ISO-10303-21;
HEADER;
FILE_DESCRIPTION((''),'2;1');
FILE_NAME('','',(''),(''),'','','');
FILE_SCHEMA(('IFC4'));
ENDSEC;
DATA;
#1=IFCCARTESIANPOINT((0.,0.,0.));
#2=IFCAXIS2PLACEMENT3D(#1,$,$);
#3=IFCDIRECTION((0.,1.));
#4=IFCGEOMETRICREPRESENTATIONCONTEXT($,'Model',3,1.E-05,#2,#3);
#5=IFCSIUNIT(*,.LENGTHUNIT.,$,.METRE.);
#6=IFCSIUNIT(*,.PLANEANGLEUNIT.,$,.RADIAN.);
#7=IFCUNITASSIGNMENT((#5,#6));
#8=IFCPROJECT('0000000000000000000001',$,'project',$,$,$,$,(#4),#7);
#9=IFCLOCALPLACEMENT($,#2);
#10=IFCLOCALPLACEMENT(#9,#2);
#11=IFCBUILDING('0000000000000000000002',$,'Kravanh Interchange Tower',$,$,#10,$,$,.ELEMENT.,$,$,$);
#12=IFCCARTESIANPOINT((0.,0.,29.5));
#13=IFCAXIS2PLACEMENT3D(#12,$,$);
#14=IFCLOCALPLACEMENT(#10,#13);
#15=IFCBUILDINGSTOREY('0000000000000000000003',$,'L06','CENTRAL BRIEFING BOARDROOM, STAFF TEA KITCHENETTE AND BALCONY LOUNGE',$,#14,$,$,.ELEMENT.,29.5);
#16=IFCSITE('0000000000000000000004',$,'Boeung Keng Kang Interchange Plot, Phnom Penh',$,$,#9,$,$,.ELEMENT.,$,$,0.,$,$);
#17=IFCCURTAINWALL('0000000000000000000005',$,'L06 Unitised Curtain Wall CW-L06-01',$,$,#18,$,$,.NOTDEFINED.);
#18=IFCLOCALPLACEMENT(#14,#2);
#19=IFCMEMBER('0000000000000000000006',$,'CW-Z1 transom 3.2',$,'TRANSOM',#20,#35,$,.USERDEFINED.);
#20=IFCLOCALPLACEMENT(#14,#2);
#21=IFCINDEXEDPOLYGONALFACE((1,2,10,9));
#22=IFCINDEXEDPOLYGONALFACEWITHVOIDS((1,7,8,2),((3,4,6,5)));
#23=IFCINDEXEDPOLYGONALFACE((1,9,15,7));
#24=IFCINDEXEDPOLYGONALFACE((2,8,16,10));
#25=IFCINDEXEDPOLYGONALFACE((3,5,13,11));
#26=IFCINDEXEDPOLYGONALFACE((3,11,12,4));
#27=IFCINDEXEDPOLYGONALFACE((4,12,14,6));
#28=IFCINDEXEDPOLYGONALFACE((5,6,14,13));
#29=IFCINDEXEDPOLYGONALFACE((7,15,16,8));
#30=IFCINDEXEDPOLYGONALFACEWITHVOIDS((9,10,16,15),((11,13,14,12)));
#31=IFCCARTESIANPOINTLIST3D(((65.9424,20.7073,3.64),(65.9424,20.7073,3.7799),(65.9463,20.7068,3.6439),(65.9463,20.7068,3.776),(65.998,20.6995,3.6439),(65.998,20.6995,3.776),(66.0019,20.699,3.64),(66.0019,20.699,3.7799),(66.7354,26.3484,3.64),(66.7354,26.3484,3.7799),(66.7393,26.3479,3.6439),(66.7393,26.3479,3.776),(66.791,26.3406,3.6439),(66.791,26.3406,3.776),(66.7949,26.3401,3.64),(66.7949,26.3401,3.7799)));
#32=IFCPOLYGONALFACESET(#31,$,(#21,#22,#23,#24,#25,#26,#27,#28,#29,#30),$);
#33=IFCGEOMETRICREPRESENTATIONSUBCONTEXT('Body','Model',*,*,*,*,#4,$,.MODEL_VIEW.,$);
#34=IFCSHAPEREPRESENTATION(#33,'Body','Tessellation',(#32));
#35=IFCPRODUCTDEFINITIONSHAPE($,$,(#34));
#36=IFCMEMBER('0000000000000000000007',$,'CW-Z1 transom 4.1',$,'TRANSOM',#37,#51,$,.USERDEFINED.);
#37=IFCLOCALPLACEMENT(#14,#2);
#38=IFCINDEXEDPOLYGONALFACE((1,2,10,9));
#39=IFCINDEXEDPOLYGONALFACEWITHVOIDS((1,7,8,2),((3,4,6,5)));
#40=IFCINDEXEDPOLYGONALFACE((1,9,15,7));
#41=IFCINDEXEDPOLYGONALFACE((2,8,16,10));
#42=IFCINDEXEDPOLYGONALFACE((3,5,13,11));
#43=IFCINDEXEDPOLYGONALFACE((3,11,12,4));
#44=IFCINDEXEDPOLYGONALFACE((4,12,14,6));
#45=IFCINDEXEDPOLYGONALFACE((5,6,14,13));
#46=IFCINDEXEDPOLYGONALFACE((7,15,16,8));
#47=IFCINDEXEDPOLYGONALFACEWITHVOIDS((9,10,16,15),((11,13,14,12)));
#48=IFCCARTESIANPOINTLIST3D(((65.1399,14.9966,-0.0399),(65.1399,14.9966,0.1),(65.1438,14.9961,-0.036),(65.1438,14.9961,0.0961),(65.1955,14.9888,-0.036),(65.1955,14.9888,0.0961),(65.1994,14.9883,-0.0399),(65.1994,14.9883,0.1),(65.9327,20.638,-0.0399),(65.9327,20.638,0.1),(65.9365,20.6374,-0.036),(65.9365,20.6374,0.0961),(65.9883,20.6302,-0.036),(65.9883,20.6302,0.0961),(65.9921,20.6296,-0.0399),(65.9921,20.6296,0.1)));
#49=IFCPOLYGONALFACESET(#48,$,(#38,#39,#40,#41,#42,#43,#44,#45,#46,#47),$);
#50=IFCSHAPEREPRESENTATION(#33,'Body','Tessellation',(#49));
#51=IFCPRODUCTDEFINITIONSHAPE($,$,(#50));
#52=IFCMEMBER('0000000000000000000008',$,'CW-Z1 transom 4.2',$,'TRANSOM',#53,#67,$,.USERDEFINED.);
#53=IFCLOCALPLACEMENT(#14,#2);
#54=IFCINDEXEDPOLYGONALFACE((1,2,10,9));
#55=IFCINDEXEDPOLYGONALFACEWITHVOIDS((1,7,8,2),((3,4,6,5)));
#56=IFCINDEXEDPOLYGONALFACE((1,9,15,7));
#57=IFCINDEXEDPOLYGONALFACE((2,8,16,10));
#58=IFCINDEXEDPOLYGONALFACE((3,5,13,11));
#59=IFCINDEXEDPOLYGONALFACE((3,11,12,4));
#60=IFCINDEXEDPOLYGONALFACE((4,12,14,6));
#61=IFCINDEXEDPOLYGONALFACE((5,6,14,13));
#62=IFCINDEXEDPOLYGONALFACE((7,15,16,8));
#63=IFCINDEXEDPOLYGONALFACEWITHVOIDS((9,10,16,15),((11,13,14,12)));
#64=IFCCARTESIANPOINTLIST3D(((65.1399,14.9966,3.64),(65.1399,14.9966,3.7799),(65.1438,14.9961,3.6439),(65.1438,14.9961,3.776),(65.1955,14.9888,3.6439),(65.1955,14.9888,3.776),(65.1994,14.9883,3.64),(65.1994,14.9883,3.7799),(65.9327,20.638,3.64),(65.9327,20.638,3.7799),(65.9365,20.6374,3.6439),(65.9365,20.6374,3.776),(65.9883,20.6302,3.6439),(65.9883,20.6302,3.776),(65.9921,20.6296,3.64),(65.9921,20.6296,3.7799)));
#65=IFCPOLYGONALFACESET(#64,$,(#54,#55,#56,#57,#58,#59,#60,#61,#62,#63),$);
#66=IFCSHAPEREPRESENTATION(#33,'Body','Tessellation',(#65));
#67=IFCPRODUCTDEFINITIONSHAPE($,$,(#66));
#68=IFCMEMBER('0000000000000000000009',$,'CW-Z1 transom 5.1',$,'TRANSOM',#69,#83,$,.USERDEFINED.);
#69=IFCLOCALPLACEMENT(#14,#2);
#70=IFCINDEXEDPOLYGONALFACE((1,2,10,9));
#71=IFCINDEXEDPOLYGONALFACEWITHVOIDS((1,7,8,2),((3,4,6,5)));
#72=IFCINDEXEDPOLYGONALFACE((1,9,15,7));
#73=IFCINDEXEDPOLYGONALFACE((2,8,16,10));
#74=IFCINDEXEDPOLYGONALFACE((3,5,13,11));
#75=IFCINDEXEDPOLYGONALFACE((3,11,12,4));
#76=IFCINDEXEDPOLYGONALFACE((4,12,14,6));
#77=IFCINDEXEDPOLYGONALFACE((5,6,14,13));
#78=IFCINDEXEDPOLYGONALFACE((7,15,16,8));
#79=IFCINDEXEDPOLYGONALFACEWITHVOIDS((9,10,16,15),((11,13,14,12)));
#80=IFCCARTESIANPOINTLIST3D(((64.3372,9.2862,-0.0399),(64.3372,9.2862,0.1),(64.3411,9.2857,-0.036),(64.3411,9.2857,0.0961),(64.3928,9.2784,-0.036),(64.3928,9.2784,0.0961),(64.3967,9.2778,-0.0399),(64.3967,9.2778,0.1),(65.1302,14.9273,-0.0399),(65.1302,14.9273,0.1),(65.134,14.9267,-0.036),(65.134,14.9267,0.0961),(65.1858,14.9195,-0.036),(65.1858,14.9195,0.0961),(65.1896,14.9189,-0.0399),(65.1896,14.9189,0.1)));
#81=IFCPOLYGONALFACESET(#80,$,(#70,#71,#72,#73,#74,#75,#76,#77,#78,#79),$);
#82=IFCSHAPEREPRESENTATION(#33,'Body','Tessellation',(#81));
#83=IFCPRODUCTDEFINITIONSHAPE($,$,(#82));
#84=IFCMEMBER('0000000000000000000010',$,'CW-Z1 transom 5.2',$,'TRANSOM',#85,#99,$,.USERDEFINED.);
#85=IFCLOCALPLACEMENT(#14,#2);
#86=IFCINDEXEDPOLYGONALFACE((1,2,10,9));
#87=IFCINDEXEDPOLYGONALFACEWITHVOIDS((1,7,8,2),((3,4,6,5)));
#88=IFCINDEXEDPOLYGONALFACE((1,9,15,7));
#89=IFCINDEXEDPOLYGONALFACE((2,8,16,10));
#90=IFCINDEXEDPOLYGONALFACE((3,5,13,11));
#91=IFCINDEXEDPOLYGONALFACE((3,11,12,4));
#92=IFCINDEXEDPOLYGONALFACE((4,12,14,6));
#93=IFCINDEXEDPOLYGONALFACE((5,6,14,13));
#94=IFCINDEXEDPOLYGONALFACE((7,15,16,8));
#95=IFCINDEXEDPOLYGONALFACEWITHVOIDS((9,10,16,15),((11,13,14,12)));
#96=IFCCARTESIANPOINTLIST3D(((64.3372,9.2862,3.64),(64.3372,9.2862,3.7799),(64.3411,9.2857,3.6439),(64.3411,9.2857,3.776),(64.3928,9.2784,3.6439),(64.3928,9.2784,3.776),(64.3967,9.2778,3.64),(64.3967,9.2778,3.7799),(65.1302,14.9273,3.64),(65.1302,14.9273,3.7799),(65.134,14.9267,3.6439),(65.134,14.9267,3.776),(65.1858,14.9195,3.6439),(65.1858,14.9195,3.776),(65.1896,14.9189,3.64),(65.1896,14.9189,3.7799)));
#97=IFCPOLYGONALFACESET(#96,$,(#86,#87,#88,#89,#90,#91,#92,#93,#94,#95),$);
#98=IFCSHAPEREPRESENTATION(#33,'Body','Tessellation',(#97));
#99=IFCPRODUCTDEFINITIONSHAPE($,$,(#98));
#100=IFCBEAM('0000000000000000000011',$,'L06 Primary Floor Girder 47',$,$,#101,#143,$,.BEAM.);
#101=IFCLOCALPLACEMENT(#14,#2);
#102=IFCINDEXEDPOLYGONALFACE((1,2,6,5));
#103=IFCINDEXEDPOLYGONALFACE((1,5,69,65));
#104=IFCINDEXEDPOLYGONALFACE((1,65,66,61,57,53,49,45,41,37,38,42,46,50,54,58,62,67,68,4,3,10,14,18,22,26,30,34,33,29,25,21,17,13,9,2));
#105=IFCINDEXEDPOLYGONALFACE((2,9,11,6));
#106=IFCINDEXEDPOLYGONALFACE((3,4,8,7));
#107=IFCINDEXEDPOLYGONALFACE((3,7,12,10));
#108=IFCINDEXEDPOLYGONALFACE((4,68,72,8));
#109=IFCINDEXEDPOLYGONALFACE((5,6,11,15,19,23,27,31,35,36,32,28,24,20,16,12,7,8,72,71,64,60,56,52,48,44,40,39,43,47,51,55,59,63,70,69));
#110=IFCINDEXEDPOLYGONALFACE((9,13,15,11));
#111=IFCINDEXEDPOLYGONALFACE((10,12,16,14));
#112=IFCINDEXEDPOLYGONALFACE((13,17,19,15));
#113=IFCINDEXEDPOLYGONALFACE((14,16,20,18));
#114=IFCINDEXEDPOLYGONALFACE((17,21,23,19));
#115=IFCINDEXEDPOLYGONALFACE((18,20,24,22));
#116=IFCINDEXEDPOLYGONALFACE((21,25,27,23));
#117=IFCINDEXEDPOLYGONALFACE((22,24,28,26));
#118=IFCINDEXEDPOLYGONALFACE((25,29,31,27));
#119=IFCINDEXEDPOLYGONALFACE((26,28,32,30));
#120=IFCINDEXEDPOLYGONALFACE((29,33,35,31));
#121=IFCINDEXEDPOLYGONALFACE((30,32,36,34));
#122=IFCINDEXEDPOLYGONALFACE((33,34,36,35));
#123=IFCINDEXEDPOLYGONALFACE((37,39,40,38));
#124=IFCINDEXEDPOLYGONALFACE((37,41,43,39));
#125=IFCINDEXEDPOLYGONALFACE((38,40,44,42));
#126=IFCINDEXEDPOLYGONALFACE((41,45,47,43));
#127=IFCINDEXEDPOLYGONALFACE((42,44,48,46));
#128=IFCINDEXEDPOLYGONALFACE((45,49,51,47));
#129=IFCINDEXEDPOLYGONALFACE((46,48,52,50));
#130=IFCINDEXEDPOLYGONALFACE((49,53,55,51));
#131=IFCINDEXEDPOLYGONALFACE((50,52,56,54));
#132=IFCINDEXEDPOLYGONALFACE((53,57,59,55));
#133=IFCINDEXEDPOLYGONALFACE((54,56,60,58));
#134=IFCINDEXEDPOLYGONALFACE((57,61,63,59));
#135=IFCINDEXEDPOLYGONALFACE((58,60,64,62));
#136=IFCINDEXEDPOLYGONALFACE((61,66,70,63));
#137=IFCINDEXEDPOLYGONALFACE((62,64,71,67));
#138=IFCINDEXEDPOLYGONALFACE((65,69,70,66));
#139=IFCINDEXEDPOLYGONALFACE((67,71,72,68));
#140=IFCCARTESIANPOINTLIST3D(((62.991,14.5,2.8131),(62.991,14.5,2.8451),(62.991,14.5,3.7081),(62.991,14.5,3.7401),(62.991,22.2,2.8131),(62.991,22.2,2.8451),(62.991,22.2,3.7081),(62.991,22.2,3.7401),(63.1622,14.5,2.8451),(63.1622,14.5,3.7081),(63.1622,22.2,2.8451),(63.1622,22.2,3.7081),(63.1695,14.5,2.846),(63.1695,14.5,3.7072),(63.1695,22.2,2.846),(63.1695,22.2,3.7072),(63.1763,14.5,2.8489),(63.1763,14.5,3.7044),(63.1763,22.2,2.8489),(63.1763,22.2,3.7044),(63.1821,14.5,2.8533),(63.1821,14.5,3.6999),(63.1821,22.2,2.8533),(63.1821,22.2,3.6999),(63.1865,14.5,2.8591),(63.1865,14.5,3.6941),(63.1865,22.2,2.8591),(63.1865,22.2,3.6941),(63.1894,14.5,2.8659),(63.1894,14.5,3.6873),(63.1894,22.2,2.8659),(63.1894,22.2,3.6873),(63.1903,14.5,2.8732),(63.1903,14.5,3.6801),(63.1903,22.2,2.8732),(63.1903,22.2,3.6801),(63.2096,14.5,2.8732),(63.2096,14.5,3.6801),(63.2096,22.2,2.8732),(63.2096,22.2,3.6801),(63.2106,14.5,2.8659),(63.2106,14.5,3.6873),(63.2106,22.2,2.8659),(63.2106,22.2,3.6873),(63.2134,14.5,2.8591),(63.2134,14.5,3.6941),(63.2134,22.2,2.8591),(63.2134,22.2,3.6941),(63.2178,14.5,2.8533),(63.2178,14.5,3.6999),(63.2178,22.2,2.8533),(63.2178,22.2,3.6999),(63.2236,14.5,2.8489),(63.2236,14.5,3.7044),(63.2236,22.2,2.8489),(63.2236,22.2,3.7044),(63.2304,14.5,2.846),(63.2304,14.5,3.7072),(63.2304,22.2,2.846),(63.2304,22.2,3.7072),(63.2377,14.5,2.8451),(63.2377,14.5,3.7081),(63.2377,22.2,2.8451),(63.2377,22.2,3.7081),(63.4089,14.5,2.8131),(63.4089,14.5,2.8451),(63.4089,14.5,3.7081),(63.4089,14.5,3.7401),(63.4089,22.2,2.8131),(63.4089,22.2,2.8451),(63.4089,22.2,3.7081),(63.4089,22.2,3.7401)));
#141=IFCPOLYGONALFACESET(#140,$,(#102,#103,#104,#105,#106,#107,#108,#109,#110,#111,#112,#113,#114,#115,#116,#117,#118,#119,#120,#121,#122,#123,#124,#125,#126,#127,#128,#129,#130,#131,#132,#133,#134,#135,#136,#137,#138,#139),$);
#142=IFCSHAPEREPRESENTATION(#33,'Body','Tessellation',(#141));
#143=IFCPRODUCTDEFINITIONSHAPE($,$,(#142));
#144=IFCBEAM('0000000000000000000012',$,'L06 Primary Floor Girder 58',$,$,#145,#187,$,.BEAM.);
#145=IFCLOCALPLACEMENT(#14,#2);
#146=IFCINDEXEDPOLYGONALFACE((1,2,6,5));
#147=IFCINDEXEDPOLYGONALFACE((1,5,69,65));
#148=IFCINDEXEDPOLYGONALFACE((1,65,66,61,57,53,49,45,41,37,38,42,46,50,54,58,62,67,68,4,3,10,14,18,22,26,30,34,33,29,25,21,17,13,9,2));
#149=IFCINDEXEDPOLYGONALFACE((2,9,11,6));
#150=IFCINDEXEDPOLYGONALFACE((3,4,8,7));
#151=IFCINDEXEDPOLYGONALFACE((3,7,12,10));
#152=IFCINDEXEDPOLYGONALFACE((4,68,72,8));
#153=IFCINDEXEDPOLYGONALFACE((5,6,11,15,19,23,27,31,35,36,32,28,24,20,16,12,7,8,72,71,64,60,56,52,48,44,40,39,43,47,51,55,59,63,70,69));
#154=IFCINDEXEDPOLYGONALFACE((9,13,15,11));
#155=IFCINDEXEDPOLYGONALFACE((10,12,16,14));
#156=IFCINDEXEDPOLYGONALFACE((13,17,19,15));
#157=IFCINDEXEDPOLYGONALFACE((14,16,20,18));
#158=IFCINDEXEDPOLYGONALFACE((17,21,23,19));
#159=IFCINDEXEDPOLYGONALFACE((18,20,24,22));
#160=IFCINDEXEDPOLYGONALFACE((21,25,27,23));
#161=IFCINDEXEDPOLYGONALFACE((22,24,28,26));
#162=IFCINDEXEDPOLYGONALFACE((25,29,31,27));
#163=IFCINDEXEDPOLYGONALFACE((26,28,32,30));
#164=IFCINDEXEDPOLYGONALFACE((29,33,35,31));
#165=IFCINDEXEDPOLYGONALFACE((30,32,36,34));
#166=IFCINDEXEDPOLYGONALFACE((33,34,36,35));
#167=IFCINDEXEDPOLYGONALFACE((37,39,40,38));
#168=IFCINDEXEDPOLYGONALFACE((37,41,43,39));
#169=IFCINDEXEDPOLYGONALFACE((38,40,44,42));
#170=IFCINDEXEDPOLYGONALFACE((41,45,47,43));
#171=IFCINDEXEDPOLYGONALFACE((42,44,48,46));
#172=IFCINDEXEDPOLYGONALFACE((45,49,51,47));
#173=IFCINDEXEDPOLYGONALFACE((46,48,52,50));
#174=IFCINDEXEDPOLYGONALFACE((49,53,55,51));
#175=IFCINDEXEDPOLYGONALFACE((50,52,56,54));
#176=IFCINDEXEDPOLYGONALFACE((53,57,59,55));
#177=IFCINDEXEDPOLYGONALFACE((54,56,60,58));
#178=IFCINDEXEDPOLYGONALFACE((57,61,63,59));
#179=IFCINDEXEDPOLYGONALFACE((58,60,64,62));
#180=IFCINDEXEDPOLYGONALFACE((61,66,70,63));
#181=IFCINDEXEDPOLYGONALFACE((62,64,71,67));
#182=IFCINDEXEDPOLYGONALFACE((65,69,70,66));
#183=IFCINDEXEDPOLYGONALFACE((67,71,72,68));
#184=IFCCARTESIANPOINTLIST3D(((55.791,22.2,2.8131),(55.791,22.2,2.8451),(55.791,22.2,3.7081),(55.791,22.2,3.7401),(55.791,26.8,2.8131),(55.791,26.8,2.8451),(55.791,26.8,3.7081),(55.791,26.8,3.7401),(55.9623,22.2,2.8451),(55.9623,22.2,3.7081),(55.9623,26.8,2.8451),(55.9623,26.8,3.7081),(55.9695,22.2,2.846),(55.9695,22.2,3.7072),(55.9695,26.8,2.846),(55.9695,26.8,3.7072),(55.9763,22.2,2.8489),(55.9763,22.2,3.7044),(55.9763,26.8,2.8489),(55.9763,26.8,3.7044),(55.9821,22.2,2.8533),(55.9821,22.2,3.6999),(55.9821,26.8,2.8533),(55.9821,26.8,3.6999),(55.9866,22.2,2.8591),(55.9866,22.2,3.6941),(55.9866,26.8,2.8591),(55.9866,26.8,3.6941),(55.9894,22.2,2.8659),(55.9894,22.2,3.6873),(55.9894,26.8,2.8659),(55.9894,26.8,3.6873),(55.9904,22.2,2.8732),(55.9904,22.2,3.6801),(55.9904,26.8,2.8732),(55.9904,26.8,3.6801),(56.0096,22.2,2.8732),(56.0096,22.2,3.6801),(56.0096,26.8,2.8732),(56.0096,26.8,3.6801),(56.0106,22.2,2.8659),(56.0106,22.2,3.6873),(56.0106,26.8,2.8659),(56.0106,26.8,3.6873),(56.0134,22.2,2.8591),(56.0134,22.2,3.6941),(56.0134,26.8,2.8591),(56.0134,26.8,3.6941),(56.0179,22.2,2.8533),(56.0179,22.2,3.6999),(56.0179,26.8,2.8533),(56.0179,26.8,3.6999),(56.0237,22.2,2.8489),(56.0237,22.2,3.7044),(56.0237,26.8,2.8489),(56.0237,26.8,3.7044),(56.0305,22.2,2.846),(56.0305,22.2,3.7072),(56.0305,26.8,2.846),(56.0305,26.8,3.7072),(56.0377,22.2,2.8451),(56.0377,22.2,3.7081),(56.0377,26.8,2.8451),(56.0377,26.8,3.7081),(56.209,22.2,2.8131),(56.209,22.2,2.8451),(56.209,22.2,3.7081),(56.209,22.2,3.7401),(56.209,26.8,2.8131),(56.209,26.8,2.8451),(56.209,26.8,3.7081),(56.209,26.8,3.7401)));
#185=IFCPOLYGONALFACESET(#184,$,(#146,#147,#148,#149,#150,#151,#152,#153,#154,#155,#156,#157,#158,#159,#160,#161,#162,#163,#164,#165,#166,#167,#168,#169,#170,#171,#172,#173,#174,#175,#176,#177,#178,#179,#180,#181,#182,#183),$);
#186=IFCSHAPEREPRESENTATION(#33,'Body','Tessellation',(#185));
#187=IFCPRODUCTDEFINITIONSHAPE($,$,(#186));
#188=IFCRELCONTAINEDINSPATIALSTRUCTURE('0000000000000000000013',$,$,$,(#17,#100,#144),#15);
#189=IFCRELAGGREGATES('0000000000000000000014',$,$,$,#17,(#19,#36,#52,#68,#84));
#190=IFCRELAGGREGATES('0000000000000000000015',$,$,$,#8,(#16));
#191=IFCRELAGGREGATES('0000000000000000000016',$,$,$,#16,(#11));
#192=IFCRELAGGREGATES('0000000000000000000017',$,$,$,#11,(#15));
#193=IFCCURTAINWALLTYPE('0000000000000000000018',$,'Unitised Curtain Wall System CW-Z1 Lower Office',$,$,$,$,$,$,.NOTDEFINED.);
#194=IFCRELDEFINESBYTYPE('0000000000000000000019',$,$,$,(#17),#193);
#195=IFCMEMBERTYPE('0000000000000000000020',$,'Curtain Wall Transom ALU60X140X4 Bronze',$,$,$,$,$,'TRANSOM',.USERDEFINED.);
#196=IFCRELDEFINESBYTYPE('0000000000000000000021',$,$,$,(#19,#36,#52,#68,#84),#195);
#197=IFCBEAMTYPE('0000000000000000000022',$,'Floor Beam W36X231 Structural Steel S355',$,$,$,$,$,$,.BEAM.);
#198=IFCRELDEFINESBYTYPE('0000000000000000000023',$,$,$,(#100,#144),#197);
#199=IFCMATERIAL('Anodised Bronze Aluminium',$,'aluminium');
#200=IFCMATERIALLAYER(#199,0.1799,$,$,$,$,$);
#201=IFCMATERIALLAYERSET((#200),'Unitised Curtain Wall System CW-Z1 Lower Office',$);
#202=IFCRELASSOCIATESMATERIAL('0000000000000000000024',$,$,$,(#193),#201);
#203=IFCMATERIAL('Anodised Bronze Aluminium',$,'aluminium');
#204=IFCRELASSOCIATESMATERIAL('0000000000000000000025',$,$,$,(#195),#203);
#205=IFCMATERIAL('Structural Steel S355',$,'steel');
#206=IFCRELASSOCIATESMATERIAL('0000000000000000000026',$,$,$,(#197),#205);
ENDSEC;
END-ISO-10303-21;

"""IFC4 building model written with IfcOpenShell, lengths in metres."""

from ifc_helpers import new_model, si_unit, direction, frame, origin, origin_2d, place, context, subcontext, project, spatial, hollow_rectangle, i_section, extrude, material, layer, layer_set, material_profile, profile_set, type_object, element, aggregate, save


model = new_model("IFC4")

# Units and contexts
model_context = context("Model", 3, precision=1e-05, world=origin(), true_north=direction((0.0, 1.0)))
body_context = subcontext(model_context, "Body", "Model", "MODEL_VIEW")
ifc_project = project(units=[si_unit("LENGTHUNIT", "METRE"), si_unit("PLANEANGLEUNIT", "RADIAN")], contexts=[model_context])

# Site, building, storey
site_placement = place(None, origin())
site = spatial("IfcSite", under=ifc_project, at=site_placement, Name="Boeung Keng Kang Interchange Plot, Phnom Penh", CompositionType="ELEMENT", RefElevation=0.0)
building_placement = place(site_placement, origin())
building = spatial("IfcBuilding", under=site, at=building_placement, Name="Kravanh Interchange Tower", CompositionType="ELEMENT")
storey_placement = place(building_placement, frame((0.0, 0.0, 29.5)))
storey = spatial("IfcBuildingStorey", under=building, at=storey_placement, Name="L06", Description="CENTRAL BRIEFING BOARDROOM, STAFF TEA KITCHENETTE AND BALCONY LOUNGE", CompositionType="ELEMENT", Elevation=29.5)

# Curtain wall, members
ifc_material_1 = material(Name="Anodised Bronze Aluminium", Category="aluminium")
ifc_layer_1 = layer(ifc_material_1, 0.1799)
ifc_layer_set_1 = layer_set([ifc_layer_1], Name="Unitised Curtain Wall System CW-Z1 Lower Office")
curtain_wall_type = type_object("IfcCurtainWallType", Name="Unitised Curtain Wall System CW-Z1 Lower Office", PredefinedType="NOTDEFINED", material=ifc_layer_set_1)
curtain_wall_placement = place(storey_placement, origin())
curtain_wall = element("IfcCurtainWall", 1, at=curtain_wall_placement, inside=storey, type_object=curtain_wall_type, Name="L06 Unitised Curtain Wall CW-L06-01", PredefinedType="NOTDEFINED")
ifc_material_2 = material(Name="Anodised Bronze Aluminium", Category="aluminium")
ifc_material_profile_1 = material_profile(ifc_material_2, hollow_rectangle(XDim=0.0601, YDim=0.1399, WallThickness=0.0039, at=origin_2d()), Name="ALU60X140X4")
ifc_profile_set_1 = profile_set([ifc_material_profile_1], Name="Anodised Bronze Aluminium")
member_type_1 = type_object("IfcMemberType", Name="Curtain Wall Transom ALU60X140X4 Bronze", ElementType="TRANSOM", PredefinedType="USERDEFINED", material=ifc_profile_set_1)
member_1_placement = place(storey_placement, frame((66.7651, 26.3442, 3.71), z_axis=(-0.139201, -0.990264, 0.0), x_axis=(0.990264, -0.139201, 0.0)))
member_1 = element("IfcMember", 2, at=member_1_placement, type_object=member_type_1, Name="CW-Z1 transom 3.2", ObjectType="TRANSOM", PredefinedType="USERDEFINED", context=body_context, shape_type="SweptSolid", body=[
    extrude(hollow_rectangle(XDim=0.0601, YDim=0.1399, WallThickness=0.0039, at=origin_2d()), origin(), (0.0, 0.0, 1.0), 5.6965),
])
member_2_placement = place(storey_placement, frame((65.9624, 20.6338, 0.03), z_axis=(-0.139153, -0.990271, 0.0), x_axis=(0.990271, -0.139153, 0.0)))
member_2 = element("IfcMember", 3, at=member_2_placement, type_object=member_type_1, Name="CW-Z1 transom 4.1", ObjectType="TRANSOM", PredefinedType="USERDEFINED", context=body_context, shape_type="SweptSolid", body=[
    extrude(hollow_rectangle(XDim=0.0601, YDim=0.1399, WallThickness=0.0039, at=origin_2d()), origin(), (0.0, 0.0, 1.0), 5.6968),
])
member_3_placement = place(storey_placement, frame((65.9624, 20.6338, 3.71), z_axis=(-0.139153, -0.990271, 0.0), x_axis=(0.990271, -0.139153, 0.0)))
member_3 = element("IfcMember", 4, at=member_3_placement, type_object=member_type_1, Name="CW-Z1 transom 4.2", ObjectType="TRANSOM", PredefinedType="USERDEFINED", context=body_context, shape_type="SweptSolid", body=[
    extrude(hollow_rectangle(XDim=0.0601, YDim=0.1399, WallThickness=0.0039, at=origin_2d()), origin(), (0.0, 0.0, 1.0), 5.6968),
])
member_4_placement = place(storey_placement, frame((65.1599, 14.9231, 0.03), z_axis=(-0.139201, -0.990264, 0.0), x_axis=(0.990264, -0.139201, 0.0)))
member_4 = element("IfcMember", 5, at=member_4_placement, type_object=member_type_1, Name="CW-Z1 transom 5.1", ObjectType="TRANSOM", PredefinedType="USERDEFINED", context=body_context, shape_type="SweptSolid", body=[
    extrude(hollow_rectangle(XDim=0.0601, YDim=0.1399, WallThickness=0.0039, at=origin_2d()), origin(), (0.0, 0.0, 1.0), 5.6965),
])
member_5_placement = place(storey_placement, frame((65.1599, 14.9231, 3.71), z_axis=(-0.139201, -0.990264, 0.0), x_axis=(0.990264, -0.139201, 0.0)))
member_5 = element("IfcMember", 6, at=member_5_placement, type_object=member_type_1, Name="CW-Z1 transom 5.2", ObjectType="TRANSOM", PredefinedType="USERDEFINED", context=body_context, shape_type="SweptSolid", body=[
    extrude(hollow_rectangle(XDim=0.0601, YDim=0.1399, WallThickness=0.0039, at=origin_2d()), origin(), (0.0, 0.0, 1.0), 5.6965),
])

# Beams
ifc_material_3 = material(Name="Structural Steel S355", Category="steel")
ifc_material_profile_2 = material_profile(ifc_material_3, i_section(OverallWidth=0.418, OverallDepth=0.927, WebThickness=0.0193, FlangeThickness=0.032, FilletRadius=0.0281, at=origin_2d()), Name="W36X231")
ifc_profile_set_2 = profile_set([ifc_material_profile_2], Name="Structural Steel S355")
beam_type_1 = type_object("IfcBeamType", Name="Floor Beam W36X231 Structural Steel S355", PredefinedType="BEAM", material=ifc_profile_set_2)
beam_1_placement = place(storey_placement, frame((63.2, 14.5, 3.2766), z_axis=(0.0, 1.0, 0.0), x_axis=(-1.0, 0.0, 0.0)))
element("IfcBeam", 7, at=beam_1_placement, inside=storey, type_object=beam_type_1, Name="L06 Primary Floor Girder 47", PredefinedType="BEAM", context=body_context, shape_type="SweptSolid", body=[
    extrude(i_section(OverallWidth=0.418, OverallDepth=0.927, WebThickness=0.0193, FlangeThickness=0.032, FilletRadius=0.0281, at=origin_2d()), origin(), (0.0, 0.0, 1.0), 7.7),
])
beam_2_placement = place(storey_placement, frame((56.0, 22.2, 3.2766), z_axis=(0.0, 1.0, 0.0), x_axis=(-1.0, 0.0, 0.0)))
element("IfcBeam", 8, at=beam_2_placement, inside=storey, type_object=beam_type_1, Name="L06 Primary Floor Girder 58", PredefinedType="BEAM", context=body_context, shape_type="SweptSolid", body=[
    extrude(i_section(OverallWidth=0.418, OverallDepth=0.927, WebThickness=0.0193, FlangeThickness=0.032, FilletRadius=0.0281, at=origin_2d()), origin(), (0.0, 0.0, 1.0), 4.6001),
])

aggregate(curtain_wall, [member_1, member_2, member_3, member_4, member_5])

save(model, "model.ifc")
